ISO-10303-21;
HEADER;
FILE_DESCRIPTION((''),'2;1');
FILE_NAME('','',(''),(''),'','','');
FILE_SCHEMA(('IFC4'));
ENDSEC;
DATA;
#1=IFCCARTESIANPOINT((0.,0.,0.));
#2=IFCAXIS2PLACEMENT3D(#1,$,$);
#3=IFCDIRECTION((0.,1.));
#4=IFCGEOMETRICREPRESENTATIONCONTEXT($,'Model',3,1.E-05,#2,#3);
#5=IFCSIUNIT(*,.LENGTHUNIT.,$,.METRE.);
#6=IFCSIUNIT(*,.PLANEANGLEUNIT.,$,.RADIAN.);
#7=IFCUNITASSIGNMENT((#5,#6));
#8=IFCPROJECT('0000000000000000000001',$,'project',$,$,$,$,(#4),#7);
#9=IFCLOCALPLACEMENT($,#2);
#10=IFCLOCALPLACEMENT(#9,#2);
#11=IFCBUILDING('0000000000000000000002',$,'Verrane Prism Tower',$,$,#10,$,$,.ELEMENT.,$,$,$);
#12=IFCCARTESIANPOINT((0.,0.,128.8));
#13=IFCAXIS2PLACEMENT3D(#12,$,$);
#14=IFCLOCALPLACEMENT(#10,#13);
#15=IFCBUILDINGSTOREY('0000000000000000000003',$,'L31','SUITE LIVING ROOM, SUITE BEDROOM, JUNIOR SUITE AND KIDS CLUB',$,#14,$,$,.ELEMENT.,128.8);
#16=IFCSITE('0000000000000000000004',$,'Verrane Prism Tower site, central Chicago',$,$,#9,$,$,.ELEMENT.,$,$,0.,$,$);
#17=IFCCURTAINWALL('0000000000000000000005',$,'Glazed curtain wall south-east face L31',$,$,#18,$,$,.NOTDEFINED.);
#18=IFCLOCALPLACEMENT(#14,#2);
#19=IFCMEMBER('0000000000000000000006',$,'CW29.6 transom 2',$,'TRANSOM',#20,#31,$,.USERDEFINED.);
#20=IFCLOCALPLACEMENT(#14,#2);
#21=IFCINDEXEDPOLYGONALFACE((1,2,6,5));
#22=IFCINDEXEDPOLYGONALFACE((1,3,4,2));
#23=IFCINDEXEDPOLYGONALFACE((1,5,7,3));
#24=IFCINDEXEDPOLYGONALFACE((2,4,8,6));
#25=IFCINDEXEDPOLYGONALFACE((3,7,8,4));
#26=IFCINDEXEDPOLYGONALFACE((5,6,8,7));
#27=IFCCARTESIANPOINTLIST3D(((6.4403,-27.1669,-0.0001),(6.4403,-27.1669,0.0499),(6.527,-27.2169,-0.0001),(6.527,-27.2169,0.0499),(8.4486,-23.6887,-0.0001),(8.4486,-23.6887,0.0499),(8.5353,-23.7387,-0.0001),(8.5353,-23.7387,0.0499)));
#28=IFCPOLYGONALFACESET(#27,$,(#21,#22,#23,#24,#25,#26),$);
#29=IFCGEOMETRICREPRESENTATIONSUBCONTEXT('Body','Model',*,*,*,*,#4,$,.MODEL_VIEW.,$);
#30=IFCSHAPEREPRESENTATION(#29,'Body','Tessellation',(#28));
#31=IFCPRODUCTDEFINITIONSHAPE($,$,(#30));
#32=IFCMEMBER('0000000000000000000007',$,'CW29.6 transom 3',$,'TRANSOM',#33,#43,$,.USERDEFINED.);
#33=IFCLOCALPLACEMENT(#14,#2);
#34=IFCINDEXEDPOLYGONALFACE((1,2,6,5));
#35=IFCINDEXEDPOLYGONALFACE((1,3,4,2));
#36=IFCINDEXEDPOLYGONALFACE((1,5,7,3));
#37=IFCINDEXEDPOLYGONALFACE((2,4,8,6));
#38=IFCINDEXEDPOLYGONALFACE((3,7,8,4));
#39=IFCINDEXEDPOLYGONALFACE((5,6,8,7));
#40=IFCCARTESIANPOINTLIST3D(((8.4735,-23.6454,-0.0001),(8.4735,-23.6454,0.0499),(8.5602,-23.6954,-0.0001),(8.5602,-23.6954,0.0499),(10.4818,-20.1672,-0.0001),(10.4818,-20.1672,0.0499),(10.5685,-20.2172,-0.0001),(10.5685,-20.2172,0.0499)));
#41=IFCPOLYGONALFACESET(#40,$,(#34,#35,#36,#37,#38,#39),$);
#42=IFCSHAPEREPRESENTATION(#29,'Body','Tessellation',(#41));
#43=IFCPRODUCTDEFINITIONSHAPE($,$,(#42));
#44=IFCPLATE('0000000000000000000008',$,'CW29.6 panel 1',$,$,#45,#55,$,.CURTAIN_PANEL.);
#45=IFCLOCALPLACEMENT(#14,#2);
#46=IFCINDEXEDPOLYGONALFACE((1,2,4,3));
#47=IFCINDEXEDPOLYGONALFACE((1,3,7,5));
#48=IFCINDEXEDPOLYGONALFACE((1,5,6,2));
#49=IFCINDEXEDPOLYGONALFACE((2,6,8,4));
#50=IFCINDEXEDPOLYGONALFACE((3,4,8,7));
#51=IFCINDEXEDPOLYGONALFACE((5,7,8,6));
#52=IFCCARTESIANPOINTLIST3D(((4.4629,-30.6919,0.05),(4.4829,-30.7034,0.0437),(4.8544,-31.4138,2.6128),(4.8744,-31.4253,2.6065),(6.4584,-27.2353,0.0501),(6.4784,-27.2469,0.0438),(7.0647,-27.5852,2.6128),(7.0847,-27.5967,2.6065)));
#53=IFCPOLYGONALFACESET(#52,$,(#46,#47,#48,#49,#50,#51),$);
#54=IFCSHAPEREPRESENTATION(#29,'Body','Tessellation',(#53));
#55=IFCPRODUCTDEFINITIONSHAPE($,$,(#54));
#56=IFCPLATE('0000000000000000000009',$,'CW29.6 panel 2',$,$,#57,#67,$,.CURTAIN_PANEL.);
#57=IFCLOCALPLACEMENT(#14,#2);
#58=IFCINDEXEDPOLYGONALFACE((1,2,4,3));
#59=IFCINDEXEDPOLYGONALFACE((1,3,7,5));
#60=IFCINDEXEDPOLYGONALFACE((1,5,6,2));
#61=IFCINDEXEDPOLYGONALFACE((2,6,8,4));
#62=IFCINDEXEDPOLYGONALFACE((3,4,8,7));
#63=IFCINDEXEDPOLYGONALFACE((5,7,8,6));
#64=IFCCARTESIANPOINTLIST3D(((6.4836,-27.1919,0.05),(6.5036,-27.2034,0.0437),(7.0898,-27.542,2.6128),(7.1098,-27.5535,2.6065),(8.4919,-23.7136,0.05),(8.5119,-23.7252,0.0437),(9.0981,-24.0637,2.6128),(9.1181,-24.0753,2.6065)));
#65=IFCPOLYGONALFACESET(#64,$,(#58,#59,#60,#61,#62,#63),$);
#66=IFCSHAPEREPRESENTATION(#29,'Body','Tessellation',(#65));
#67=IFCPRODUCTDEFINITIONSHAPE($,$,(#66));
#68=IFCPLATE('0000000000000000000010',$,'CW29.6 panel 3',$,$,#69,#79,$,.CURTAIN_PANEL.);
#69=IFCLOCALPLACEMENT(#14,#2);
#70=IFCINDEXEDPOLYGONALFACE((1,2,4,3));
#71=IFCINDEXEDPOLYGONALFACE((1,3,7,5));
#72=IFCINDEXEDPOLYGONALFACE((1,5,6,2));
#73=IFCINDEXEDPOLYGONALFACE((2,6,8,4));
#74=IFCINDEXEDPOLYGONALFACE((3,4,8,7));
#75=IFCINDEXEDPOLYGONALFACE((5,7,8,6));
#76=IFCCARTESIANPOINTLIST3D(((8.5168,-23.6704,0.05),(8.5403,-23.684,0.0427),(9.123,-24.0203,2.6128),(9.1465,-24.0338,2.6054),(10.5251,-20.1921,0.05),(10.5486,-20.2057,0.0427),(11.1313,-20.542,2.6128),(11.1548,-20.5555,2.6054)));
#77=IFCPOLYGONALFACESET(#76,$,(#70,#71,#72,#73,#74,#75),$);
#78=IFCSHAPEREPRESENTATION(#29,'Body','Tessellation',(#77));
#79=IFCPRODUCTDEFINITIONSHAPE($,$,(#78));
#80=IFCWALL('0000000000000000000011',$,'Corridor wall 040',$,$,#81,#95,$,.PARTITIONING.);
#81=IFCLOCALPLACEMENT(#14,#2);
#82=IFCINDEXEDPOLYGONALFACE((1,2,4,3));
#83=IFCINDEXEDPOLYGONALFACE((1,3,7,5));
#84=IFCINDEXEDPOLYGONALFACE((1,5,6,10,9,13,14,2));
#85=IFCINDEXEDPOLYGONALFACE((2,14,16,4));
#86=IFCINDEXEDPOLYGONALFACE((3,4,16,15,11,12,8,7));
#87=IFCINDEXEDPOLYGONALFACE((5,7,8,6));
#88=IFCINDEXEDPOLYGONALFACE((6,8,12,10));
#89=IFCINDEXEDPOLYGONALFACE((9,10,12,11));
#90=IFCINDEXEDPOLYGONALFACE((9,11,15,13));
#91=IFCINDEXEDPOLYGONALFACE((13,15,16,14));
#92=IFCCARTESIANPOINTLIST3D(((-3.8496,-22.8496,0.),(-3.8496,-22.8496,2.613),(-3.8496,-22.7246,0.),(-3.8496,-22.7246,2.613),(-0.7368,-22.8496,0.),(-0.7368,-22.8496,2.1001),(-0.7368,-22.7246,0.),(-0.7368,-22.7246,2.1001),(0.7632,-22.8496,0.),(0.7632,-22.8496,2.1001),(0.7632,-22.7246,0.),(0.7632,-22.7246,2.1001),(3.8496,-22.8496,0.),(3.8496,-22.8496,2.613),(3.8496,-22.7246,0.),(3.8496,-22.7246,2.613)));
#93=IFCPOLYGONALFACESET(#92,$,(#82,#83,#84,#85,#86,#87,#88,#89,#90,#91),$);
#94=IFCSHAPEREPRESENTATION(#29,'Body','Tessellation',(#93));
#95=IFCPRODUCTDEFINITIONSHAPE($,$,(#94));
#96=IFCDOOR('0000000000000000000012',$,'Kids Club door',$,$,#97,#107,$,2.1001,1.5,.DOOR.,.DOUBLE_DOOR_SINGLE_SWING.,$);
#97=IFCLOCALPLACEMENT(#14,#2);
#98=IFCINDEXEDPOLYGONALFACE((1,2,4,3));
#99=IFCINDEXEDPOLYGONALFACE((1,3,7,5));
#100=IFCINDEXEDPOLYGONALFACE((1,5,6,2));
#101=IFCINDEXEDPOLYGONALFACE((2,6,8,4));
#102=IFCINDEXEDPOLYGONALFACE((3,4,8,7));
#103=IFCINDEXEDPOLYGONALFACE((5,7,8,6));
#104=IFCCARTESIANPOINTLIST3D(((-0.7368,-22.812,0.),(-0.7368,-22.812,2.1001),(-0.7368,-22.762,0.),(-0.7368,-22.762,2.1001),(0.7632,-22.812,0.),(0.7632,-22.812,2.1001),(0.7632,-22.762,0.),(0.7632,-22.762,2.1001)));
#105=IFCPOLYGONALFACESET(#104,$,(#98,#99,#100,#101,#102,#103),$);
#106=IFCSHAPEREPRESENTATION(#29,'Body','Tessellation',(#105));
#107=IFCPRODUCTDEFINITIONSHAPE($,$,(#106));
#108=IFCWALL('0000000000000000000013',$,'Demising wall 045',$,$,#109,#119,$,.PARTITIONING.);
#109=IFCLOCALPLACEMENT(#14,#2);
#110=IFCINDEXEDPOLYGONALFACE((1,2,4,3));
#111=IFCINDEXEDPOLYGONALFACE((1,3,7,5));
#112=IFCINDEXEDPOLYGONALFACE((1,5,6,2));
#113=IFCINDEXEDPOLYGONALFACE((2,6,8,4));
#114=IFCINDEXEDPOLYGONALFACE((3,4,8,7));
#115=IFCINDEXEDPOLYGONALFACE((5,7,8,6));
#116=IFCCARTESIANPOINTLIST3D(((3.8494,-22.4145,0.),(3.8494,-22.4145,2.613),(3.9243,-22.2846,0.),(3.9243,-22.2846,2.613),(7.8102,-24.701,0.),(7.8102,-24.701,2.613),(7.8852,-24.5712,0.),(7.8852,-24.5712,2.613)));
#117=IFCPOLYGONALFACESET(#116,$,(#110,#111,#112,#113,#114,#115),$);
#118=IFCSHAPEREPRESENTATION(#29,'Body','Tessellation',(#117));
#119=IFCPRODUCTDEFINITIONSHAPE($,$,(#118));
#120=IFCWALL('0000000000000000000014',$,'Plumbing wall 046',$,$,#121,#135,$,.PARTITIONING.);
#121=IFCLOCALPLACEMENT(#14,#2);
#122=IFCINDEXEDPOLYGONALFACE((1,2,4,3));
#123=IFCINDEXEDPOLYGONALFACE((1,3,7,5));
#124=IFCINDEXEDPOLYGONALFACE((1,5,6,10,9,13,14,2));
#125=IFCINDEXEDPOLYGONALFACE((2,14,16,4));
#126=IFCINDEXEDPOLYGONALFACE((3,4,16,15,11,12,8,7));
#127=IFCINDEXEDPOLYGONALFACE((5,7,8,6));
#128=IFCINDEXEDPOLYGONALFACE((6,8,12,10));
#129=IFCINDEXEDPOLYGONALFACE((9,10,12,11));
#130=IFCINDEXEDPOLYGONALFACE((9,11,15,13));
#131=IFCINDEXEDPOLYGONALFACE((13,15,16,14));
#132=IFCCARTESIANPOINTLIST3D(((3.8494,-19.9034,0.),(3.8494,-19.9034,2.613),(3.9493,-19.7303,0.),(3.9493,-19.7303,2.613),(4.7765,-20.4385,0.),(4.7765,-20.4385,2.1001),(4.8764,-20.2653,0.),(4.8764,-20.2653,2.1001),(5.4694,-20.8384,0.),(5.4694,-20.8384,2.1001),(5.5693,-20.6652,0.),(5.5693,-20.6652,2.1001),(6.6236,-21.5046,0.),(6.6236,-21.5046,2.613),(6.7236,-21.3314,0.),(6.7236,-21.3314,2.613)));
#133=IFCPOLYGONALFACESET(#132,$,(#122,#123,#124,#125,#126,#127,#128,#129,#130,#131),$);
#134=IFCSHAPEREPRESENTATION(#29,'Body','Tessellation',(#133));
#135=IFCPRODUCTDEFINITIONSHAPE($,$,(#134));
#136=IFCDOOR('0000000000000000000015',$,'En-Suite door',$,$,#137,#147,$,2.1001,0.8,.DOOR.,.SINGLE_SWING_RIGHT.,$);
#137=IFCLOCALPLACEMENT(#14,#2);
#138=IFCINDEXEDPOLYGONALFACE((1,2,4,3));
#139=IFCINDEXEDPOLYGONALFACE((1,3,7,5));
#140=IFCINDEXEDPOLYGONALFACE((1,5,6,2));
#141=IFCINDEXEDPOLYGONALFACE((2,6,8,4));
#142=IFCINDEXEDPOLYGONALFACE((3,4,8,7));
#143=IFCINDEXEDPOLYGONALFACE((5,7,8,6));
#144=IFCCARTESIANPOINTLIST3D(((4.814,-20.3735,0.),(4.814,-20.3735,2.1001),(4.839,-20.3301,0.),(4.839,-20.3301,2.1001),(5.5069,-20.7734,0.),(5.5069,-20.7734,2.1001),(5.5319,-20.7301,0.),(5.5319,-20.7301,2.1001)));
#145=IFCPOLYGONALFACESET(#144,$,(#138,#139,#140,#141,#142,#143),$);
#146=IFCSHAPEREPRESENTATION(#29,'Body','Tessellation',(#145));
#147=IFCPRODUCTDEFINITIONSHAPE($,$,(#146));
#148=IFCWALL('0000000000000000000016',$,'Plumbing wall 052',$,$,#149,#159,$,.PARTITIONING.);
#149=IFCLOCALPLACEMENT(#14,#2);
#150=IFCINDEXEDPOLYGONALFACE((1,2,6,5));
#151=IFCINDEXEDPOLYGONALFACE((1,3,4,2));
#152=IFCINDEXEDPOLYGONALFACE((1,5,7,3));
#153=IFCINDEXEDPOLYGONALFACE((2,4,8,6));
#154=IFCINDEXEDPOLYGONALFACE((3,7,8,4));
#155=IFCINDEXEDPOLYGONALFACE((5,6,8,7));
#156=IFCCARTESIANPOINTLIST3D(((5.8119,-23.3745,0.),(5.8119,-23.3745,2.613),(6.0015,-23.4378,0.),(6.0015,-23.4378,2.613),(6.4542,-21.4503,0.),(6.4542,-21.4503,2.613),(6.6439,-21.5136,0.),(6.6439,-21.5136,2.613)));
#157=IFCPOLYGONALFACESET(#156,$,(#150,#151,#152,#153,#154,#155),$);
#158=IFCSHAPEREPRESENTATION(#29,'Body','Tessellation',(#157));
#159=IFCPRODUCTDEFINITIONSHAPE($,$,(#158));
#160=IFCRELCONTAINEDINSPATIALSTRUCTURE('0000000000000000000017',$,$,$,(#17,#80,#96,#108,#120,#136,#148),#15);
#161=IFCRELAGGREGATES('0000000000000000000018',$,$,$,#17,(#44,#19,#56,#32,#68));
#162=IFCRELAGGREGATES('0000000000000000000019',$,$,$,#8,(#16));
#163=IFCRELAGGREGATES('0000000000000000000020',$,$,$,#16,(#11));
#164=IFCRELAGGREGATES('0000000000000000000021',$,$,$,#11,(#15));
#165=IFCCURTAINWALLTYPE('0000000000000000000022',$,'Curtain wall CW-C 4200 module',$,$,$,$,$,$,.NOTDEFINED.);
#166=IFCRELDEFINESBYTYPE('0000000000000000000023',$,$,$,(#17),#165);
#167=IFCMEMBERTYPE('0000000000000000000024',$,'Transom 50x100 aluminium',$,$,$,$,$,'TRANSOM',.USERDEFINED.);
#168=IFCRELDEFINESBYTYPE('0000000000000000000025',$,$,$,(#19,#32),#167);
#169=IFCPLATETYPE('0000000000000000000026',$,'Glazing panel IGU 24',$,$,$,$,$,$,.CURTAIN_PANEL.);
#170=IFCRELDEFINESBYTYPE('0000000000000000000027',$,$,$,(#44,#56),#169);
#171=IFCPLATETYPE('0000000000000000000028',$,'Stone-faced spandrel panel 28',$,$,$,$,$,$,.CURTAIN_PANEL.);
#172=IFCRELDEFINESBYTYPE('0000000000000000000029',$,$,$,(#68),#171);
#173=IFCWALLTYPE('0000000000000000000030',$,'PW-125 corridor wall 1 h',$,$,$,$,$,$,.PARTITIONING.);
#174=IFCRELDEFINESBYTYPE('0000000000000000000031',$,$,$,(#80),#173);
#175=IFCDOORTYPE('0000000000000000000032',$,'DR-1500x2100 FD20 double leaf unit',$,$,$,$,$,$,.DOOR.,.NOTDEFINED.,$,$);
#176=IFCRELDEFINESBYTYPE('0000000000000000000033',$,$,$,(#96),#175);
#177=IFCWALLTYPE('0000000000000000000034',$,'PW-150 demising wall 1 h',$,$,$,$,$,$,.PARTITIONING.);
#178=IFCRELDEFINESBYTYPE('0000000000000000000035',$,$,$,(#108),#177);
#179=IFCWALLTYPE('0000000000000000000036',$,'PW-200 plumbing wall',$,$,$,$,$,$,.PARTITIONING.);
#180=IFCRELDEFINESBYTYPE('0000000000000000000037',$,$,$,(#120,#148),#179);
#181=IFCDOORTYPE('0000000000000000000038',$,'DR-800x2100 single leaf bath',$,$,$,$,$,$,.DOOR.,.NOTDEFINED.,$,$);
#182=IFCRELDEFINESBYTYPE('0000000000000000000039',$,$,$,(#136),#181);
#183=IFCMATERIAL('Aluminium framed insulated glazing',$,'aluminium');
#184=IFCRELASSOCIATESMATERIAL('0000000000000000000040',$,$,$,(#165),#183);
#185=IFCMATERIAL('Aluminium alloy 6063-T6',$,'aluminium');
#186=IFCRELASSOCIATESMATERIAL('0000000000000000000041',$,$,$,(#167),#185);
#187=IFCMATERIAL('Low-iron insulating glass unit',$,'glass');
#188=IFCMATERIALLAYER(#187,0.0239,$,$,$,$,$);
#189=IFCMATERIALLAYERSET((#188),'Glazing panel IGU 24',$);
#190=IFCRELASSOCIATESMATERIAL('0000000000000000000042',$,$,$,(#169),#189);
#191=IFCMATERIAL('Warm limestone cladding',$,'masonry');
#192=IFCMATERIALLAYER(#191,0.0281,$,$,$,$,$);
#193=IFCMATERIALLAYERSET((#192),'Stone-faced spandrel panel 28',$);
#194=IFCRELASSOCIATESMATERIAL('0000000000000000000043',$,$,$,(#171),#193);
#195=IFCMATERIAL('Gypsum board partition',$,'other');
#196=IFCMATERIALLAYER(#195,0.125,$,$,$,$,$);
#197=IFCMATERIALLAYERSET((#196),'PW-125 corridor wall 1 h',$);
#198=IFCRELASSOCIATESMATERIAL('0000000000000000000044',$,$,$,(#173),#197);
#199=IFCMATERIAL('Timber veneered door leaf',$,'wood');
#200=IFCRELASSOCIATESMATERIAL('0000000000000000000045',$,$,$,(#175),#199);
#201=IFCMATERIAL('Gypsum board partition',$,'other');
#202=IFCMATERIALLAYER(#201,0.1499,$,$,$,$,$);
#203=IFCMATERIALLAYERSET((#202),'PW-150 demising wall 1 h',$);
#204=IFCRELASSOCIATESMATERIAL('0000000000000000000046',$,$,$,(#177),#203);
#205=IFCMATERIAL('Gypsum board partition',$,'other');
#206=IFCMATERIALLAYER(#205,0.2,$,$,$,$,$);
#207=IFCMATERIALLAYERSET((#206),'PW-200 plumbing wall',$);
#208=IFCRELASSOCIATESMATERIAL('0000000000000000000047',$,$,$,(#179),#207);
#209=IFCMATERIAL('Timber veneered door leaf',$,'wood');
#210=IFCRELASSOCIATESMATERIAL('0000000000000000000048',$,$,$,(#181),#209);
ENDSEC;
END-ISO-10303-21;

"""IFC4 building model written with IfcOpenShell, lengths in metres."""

from ifc_helpers import new_model, si_unit, direction, frame, frame_2d, origin, origin_2d, place, context, subcontext, project, spatial, polyline, rectangle, outline, extrude, material, layer, layer_set, material_profile, profile_set, type_object, element, fill, aggregate, save


model = new_model("IFC4")

# Units and contexts
model_context = context("Model", 3, precision=1e-05, world=origin(), true_north=direction((0.0, 1.0)))
body_context = subcontext(model_context, "Body", "Model", "MODEL_VIEW")
ifc_project = project(units=[si_unit("LENGTHUNIT", "METRE"), si_unit("PLANEANGLEUNIT", "RADIAN")], contexts=[model_context])

# Site, building, storey
site_placement = place(None, origin())
site = spatial("IfcSite", under=ifc_project, at=site_placement, Name="Verrane Prism Tower site, central Chicago", CompositionType="ELEMENT", RefElevation=0.0)
building_placement = place(site_placement, origin())
building = spatial("IfcBuilding", under=site, at=building_placement, Name="Verrane Prism Tower", CompositionType="ELEMENT")
storey_placement = place(building_placement, frame((0.0, 0.0, 128.8)))
storey = spatial("IfcBuildingStorey", under=building, at=storey_placement, Name="L31", Description="SUITE LIVING ROOM, SUITE BEDROOM, JUNIOR SUITE AND KIDS CLUB", CompositionType="ELEMENT", Elevation=128.8)

# Curtain wall
ifc_material_1 = material(Name="Aluminium framed insulated glazing", Category="aluminium")
curtain_wall_type = type_object("IfcCurtainWallType", Name="Curtain wall CW-C 4200 module", PredefinedType="NOTDEFINED", material=ifc_material_1)
curtain_wall_placement = place(storey_placement, origin())
curtain_wall = element("IfcCurtainWall", 1, at=curtain_wall_placement, inside=storey, type_object=curtain_wall_type, Name="Glazed curtain wall south-east face L31", PredefinedType="NOTDEFINED")

# Members
ifc_material_2 = material(Name="Aluminium alloy 6063-T6", Category="aluminium")
ifc_material_profile_1 = material_profile(ifc_material_2, rectangle(XDim=0.1001, YDim=0.05, at=origin_2d()), Name="Transom 50x100 aluminium")
ifc_profile_set_1 = profile_set([ifc_material_profile_1], Name="Aluminium alloy 6063-T6")
member_type_1 = type_object("IfcMemberType", Name="Transom 50x100 aluminium", ElementType="TRANSOM", PredefinedType="USERDEFINED", material=ifc_profile_set_1)
member_1_placement = place(storey_placement, frame((6.4836, -27.1919, 0.0249), z_axis=(0.500022, 0.866012, 0.0), x_axis=(-0.866012, 0.500022, 0.0)))
member_1 = element("IfcMember", 2, at=member_1_placement, type_object=member_type_1, Name="CW29.6 transom 2", ObjectType="TRANSOM", PredefinedType="USERDEFINED", context=body_context, shape_type="SweptSolid", body=[
    extrude(rectangle(XDim=0.1001, YDim=0.05, at=origin_2d()), origin(), (0.0, 0.0, 1.0), 4.0164),
])
member_2_placement = place(storey_placement, frame((8.5168, -23.6704, 0.0249), z_axis=(0.500022, 0.866012, 0.0), x_axis=(-0.866012, 0.500022, 0.0)))
member_2 = element("IfcMember", 3, at=member_2_placement, type_object=member_type_1, Name="CW29.6 transom 3", ObjectType="TRANSOM", PredefinedType="USERDEFINED", context=body_context, shape_type="SweptSolid", body=[
    extrude(rectangle(XDim=0.1001, YDim=0.05, at=origin_2d()), origin(), (0.0, 0.0, 1.0), 4.0164),
])

# Plates
ifc_material_3 = material(Name="Low-iron insulating glass unit", Category="glass")
ifc_layer_1 = layer(ifc_material_3, 0.0239)
ifc_layer_set_1 = layer_set([ifc_layer_1], Name="Glazing panel IGU 24")
plate_type_1 = type_object("IfcPlateType", Name="Glazing panel IGU 24", PredefinedType="CURTAIN_PANEL", material=ifc_layer_set_1)
plate_1_placement = place(storey_placement, frame((4.4629, -30.6919, 0.05), z_axis=(-0.835435, 0.482307, 0.263492), x_axis=(0.499977, 0.866039, 0.000006)))
plate_1 = element("IfcPlate", 4, at=plate_1_placement, type_object=plate_type_1, Name="CW29.6 panel 1", PredefinedType="CURTAIN_PANEL", context=body_context, shape_type="SweptSolid", body=[
    extrude(outline(polyline([(0.0, 0.0), (3.9913, 0.0), (3.9914, -2.6566), (-0.4294, -2.6567), (0.0, 0.0)])), origin(), (0.0, 0.0, -1.0), 0.0239),
])
plate_2_placement = place(storey_placement, frame((6.4836, -27.1919, 0.05), z_axis=(-0.835406, 0.482351, 0.263504), x_axis=(0.500022, 0.866012, 0.0)))
plate_2 = element("IfcPlate", 5, at=plate_2_placement, type_object=plate_type_1, Name="CW29.6 panel 2", PredefinedType="CURTAIN_PANEL", context=body_context, shape_type="SweptSolid", body=[
    extrude(outline(polyline([(0.0, 0.0), (4.0164, 0.0), (4.0163, -2.6566), (-0.0001, -2.6566), (0.0, 0.0)])), origin(), (0.0, 0.0, -1.0), 0.0239),
])
ifc_material_4 = material(Name="Warm limestone cladding", Category="masonry")
ifc_layer_2 = layer(ifc_material_4, 0.0281)
ifc_layer_set_2 = layer_set([ifc_layer_2], Name="Stone-faced spandrel panel 28")
plate_type_2 = type_object("IfcPlateType", Name="Stone-faced spandrel panel 28", PredefinedType="CURTAIN_PANEL", material=ifc_layer_set_2)
plate_3_placement = place(storey_placement, frame((8.5168, -23.6704, 0.05), z_axis=(-0.835416, 0.482357, 0.263461), x_axis=(0.500022, 0.866012, 0.0)))
plate_3 = element("IfcPlate", 6, at=plate_3_placement, type_object=plate_type_2, Name="CW29.6 panel 3", PredefinedType="CURTAIN_PANEL", context=body_context, shape_type="SweptSolid", body=[
    extrude(outline(polyline([(0.0, 0.0), (4.0164, 0.0), (4.0166, -2.6566), (0.0001, -2.6566), (0.0, 0.0)])), origin(), (0.0, 0.0, -1.0), 0.0281),
])
aggregate(curtain_wall, [plate_1, member_1, plate_2, member_2, plate_3])

# Wall, opening, door
ifc_material_5 = material(Name="Gypsum board partition", Category="other")
ifc_layer_3 = layer(ifc_material_5, 0.125)
ifc_layer_set_3 = layer_set([ifc_layer_3], Name="PW-125 corridor wall 1 h")
wall_type_1 = type_object("IfcWallType", Name="PW-125 corridor wall 1 h", PredefinedType="PARTITIONING", material=ifc_layer_set_3)
wall_1_placement = place(storey_placement, frame((3.8496, -22.7871, 0.0), z_axis=(0.0, 0.0, 1.0), x_axis=(-1.0, 0.0, 0.0)))
wall_1 = element("IfcWall", 7, at=wall_1_placement, inside=storey, type_object=wall_type_1, Name="Corridor wall 040", PredefinedType="PARTITIONING", context=body_context, shape_type="SweptSolid", body=[
    extrude(rectangle(XDim=7.6992, YDim=0.125, at=frame_2d((3.8496, 0.0))), origin(), (0.0, 0.0, 1.0), 2.613),
])
opening_1_placement = place(wall_1_placement, frame((3.0864, 0.0, 0.0)))
opening_1 = element("IfcOpeningElement", 8, at=opening_1_placement, cuts=wall_1, PredefinedType="OPENING", context=body_context, shape_type="SweptSolid", body=[
    extrude(rectangle(XDim=1.5, YDim=2.1001, at=frame_2d((0.75, 1.05))), frame((0.0, 0.0725, 0.0), z_axis=(0.0, -1.0, 0.0), x_axis=(1.0, 0.0, 0.0)), (0.0, 0.0, 1.0), 0.145),
])
ifc_material_6 = material(Name="Timber veneered door leaf", Category="wood")
door_type_1 = type_object("IfcDoorType", Name="DR-1500x2100 FD20 double leaf unit", OperationType="NOTDEFINED", PredefinedType="DOOR", material=ifc_material_6)
door_1_placement = place(opening_1_placement, origin())
door_1 = element("IfcDoor", 9, at=door_1_placement, inside=storey, type_object=door_type_1, Name="Kids Club door", OperationType="DOUBLE_DOOR_SINGLE_SWING", OverallHeight=2.1001, OverallWidth=1.5, PredefinedType="DOOR", context=body_context, shape_type="SweptSolid", body=[
    extrude(rectangle(XDim=1.5, YDim=2.1001, at=frame_2d((0.75, 1.05))), frame((0.0, 0.0249, 0.0), z_axis=(0.0, -1.0, 0.0), x_axis=(1.0, 0.0, 0.0)), (0.0, 0.0, 1.0), 0.05),
])
fill(opening_1, door_1)

# Wall
ifc_material_7 = material(Name="Gypsum board partition", Category="other")
ifc_layer_4 = layer(ifc_material_7, 0.1499)
ifc_layer_set_4 = layer_set([ifc_layer_4], Name="PW-150 demising wall 1 h")
wall_type_2 = type_object("IfcWallType", Name="PW-150 demising wall 1 h", PredefinedType="PARTITIONING", material=ifc_layer_set_4)
wall_2_placement = place(storey_placement, frame((3.887, -22.3496, 0.0), z_axis=(0.0, 0.0, 1.0), x_axis=(0.866047, -0.499963, 0.0)))
element("IfcWall", 10, at=wall_2_placement, inside=storey, type_object=wall_type_2, Name="Demising wall 045", PredefinedType="PARTITIONING", context=body_context, shape_type="SweptSolid", body=[
    extrude(rectangle(XDim=4.5735, YDim=0.1499, at=frame_2d((2.2866, 0.0))), origin(), (0.0, 0.0, 1.0), 2.613),
])

# Wall, opening, door
ifc_material_8 = material(Name="Gypsum board partition", Category="other")
ifc_layer_5 = layer(ifc_material_8, 0.2)
ifc_layer_set_5 = layer_set([ifc_layer_5], Name="PW-200 plumbing wall")
wall_type_3 = type_object("IfcWallType", Name="PW-200 plumbing wall", PredefinedType="PARTITIONING", material=ifc_layer_set_5)
wall_3_placement = place(storey_placement, frame((6.6736, -21.418, 0.0), z_axis=(0.0, 0.0, 1.0), x_axis=(-0.866106, 0.499861, 0.0)))
wall_3 = element("IfcWall", 11, at=wall_3_placement, inside=storey, type_object=wall_type_3, Name="Plumbing wall 046", PredefinedType="PARTITIONING", context=body_context, shape_type="SweptSolid", body=[
    extrude(rectangle(XDim=3.2031, YDim=0.2, at=frame_2d((1.6016, 0.0))), origin(), (0.0, 0.0, 1.0), 2.613),
])
opening_2_placement = place(wall_3_placement, frame((1.3328, 0.0, 0.0)))
opening_2 = element("IfcOpeningElement", 12, at=opening_2_placement, cuts=wall_3, PredefinedType="OPENING", context=body_context, shape_type="SweptSolid", body=[
    extrude(rectangle(XDim=0.8, YDim=2.1001, at=frame_2d((0.3999, 1.05))), frame((0.0, 0.1099, 0.0), z_axis=(0.0, -1.0, 0.0), x_axis=(1.0, 0.0, 0.0)), (0.0, 0.0, 1.0), 0.22),
])
ifc_material_9 = material(Name="Timber veneered door leaf", Category="wood")
door_type_2 = type_object("IfcDoorType", Name="DR-800x2100 single leaf bath", OperationType="NOTDEFINED", PredefinedType="DOOR", material=ifc_material_9)
door_2_placement = place(opening_2_placement, origin())
door_2 = element("IfcDoor", 13, at=door_2_placement, inside=storey, type_object=door_type_2, Name="En-Suite door", OperationType="SINGLE_SWING_RIGHT", OverallHeight=2.1001, OverallWidth=0.8, PredefinedType="DOOR", context=body_context, shape_type="SweptSolid", body=[
    extrude(rectangle(XDim=0.8, YDim=2.1001, at=frame_2d((0.3999, 1.05))), frame((0.0, 0.0249, 0.0), z_axis=(0.0, -1.0, 0.0), x_axis=(1.0, 0.0, 0.0)), (0.0, 0.0, 1.0), 0.05),
])
fill(opening_2, door_2)

# Wall
wall_4_placement = place(storey_placement, frame((5.9067, -23.406, 0.0), z_axis=(0.0, 0.0, 1.0), x_axis=(0.316661, 0.948539, 0.0)))
element("IfcWall", 14, at=wall_4_placement, inside=storey, type_object=wall_type_3, Name="Plumbing wall 052", PredefinedType="PARTITIONING", context=body_context, shape_type="SweptSolid", body=[
    extrude(rectangle(XDim=2.0286, YDim=0.2, at=frame_2d((1.0142, 0.0))), origin(), (0.0, 0.0, 1.0), 2.613),
])

save(model, "model.ifc")
